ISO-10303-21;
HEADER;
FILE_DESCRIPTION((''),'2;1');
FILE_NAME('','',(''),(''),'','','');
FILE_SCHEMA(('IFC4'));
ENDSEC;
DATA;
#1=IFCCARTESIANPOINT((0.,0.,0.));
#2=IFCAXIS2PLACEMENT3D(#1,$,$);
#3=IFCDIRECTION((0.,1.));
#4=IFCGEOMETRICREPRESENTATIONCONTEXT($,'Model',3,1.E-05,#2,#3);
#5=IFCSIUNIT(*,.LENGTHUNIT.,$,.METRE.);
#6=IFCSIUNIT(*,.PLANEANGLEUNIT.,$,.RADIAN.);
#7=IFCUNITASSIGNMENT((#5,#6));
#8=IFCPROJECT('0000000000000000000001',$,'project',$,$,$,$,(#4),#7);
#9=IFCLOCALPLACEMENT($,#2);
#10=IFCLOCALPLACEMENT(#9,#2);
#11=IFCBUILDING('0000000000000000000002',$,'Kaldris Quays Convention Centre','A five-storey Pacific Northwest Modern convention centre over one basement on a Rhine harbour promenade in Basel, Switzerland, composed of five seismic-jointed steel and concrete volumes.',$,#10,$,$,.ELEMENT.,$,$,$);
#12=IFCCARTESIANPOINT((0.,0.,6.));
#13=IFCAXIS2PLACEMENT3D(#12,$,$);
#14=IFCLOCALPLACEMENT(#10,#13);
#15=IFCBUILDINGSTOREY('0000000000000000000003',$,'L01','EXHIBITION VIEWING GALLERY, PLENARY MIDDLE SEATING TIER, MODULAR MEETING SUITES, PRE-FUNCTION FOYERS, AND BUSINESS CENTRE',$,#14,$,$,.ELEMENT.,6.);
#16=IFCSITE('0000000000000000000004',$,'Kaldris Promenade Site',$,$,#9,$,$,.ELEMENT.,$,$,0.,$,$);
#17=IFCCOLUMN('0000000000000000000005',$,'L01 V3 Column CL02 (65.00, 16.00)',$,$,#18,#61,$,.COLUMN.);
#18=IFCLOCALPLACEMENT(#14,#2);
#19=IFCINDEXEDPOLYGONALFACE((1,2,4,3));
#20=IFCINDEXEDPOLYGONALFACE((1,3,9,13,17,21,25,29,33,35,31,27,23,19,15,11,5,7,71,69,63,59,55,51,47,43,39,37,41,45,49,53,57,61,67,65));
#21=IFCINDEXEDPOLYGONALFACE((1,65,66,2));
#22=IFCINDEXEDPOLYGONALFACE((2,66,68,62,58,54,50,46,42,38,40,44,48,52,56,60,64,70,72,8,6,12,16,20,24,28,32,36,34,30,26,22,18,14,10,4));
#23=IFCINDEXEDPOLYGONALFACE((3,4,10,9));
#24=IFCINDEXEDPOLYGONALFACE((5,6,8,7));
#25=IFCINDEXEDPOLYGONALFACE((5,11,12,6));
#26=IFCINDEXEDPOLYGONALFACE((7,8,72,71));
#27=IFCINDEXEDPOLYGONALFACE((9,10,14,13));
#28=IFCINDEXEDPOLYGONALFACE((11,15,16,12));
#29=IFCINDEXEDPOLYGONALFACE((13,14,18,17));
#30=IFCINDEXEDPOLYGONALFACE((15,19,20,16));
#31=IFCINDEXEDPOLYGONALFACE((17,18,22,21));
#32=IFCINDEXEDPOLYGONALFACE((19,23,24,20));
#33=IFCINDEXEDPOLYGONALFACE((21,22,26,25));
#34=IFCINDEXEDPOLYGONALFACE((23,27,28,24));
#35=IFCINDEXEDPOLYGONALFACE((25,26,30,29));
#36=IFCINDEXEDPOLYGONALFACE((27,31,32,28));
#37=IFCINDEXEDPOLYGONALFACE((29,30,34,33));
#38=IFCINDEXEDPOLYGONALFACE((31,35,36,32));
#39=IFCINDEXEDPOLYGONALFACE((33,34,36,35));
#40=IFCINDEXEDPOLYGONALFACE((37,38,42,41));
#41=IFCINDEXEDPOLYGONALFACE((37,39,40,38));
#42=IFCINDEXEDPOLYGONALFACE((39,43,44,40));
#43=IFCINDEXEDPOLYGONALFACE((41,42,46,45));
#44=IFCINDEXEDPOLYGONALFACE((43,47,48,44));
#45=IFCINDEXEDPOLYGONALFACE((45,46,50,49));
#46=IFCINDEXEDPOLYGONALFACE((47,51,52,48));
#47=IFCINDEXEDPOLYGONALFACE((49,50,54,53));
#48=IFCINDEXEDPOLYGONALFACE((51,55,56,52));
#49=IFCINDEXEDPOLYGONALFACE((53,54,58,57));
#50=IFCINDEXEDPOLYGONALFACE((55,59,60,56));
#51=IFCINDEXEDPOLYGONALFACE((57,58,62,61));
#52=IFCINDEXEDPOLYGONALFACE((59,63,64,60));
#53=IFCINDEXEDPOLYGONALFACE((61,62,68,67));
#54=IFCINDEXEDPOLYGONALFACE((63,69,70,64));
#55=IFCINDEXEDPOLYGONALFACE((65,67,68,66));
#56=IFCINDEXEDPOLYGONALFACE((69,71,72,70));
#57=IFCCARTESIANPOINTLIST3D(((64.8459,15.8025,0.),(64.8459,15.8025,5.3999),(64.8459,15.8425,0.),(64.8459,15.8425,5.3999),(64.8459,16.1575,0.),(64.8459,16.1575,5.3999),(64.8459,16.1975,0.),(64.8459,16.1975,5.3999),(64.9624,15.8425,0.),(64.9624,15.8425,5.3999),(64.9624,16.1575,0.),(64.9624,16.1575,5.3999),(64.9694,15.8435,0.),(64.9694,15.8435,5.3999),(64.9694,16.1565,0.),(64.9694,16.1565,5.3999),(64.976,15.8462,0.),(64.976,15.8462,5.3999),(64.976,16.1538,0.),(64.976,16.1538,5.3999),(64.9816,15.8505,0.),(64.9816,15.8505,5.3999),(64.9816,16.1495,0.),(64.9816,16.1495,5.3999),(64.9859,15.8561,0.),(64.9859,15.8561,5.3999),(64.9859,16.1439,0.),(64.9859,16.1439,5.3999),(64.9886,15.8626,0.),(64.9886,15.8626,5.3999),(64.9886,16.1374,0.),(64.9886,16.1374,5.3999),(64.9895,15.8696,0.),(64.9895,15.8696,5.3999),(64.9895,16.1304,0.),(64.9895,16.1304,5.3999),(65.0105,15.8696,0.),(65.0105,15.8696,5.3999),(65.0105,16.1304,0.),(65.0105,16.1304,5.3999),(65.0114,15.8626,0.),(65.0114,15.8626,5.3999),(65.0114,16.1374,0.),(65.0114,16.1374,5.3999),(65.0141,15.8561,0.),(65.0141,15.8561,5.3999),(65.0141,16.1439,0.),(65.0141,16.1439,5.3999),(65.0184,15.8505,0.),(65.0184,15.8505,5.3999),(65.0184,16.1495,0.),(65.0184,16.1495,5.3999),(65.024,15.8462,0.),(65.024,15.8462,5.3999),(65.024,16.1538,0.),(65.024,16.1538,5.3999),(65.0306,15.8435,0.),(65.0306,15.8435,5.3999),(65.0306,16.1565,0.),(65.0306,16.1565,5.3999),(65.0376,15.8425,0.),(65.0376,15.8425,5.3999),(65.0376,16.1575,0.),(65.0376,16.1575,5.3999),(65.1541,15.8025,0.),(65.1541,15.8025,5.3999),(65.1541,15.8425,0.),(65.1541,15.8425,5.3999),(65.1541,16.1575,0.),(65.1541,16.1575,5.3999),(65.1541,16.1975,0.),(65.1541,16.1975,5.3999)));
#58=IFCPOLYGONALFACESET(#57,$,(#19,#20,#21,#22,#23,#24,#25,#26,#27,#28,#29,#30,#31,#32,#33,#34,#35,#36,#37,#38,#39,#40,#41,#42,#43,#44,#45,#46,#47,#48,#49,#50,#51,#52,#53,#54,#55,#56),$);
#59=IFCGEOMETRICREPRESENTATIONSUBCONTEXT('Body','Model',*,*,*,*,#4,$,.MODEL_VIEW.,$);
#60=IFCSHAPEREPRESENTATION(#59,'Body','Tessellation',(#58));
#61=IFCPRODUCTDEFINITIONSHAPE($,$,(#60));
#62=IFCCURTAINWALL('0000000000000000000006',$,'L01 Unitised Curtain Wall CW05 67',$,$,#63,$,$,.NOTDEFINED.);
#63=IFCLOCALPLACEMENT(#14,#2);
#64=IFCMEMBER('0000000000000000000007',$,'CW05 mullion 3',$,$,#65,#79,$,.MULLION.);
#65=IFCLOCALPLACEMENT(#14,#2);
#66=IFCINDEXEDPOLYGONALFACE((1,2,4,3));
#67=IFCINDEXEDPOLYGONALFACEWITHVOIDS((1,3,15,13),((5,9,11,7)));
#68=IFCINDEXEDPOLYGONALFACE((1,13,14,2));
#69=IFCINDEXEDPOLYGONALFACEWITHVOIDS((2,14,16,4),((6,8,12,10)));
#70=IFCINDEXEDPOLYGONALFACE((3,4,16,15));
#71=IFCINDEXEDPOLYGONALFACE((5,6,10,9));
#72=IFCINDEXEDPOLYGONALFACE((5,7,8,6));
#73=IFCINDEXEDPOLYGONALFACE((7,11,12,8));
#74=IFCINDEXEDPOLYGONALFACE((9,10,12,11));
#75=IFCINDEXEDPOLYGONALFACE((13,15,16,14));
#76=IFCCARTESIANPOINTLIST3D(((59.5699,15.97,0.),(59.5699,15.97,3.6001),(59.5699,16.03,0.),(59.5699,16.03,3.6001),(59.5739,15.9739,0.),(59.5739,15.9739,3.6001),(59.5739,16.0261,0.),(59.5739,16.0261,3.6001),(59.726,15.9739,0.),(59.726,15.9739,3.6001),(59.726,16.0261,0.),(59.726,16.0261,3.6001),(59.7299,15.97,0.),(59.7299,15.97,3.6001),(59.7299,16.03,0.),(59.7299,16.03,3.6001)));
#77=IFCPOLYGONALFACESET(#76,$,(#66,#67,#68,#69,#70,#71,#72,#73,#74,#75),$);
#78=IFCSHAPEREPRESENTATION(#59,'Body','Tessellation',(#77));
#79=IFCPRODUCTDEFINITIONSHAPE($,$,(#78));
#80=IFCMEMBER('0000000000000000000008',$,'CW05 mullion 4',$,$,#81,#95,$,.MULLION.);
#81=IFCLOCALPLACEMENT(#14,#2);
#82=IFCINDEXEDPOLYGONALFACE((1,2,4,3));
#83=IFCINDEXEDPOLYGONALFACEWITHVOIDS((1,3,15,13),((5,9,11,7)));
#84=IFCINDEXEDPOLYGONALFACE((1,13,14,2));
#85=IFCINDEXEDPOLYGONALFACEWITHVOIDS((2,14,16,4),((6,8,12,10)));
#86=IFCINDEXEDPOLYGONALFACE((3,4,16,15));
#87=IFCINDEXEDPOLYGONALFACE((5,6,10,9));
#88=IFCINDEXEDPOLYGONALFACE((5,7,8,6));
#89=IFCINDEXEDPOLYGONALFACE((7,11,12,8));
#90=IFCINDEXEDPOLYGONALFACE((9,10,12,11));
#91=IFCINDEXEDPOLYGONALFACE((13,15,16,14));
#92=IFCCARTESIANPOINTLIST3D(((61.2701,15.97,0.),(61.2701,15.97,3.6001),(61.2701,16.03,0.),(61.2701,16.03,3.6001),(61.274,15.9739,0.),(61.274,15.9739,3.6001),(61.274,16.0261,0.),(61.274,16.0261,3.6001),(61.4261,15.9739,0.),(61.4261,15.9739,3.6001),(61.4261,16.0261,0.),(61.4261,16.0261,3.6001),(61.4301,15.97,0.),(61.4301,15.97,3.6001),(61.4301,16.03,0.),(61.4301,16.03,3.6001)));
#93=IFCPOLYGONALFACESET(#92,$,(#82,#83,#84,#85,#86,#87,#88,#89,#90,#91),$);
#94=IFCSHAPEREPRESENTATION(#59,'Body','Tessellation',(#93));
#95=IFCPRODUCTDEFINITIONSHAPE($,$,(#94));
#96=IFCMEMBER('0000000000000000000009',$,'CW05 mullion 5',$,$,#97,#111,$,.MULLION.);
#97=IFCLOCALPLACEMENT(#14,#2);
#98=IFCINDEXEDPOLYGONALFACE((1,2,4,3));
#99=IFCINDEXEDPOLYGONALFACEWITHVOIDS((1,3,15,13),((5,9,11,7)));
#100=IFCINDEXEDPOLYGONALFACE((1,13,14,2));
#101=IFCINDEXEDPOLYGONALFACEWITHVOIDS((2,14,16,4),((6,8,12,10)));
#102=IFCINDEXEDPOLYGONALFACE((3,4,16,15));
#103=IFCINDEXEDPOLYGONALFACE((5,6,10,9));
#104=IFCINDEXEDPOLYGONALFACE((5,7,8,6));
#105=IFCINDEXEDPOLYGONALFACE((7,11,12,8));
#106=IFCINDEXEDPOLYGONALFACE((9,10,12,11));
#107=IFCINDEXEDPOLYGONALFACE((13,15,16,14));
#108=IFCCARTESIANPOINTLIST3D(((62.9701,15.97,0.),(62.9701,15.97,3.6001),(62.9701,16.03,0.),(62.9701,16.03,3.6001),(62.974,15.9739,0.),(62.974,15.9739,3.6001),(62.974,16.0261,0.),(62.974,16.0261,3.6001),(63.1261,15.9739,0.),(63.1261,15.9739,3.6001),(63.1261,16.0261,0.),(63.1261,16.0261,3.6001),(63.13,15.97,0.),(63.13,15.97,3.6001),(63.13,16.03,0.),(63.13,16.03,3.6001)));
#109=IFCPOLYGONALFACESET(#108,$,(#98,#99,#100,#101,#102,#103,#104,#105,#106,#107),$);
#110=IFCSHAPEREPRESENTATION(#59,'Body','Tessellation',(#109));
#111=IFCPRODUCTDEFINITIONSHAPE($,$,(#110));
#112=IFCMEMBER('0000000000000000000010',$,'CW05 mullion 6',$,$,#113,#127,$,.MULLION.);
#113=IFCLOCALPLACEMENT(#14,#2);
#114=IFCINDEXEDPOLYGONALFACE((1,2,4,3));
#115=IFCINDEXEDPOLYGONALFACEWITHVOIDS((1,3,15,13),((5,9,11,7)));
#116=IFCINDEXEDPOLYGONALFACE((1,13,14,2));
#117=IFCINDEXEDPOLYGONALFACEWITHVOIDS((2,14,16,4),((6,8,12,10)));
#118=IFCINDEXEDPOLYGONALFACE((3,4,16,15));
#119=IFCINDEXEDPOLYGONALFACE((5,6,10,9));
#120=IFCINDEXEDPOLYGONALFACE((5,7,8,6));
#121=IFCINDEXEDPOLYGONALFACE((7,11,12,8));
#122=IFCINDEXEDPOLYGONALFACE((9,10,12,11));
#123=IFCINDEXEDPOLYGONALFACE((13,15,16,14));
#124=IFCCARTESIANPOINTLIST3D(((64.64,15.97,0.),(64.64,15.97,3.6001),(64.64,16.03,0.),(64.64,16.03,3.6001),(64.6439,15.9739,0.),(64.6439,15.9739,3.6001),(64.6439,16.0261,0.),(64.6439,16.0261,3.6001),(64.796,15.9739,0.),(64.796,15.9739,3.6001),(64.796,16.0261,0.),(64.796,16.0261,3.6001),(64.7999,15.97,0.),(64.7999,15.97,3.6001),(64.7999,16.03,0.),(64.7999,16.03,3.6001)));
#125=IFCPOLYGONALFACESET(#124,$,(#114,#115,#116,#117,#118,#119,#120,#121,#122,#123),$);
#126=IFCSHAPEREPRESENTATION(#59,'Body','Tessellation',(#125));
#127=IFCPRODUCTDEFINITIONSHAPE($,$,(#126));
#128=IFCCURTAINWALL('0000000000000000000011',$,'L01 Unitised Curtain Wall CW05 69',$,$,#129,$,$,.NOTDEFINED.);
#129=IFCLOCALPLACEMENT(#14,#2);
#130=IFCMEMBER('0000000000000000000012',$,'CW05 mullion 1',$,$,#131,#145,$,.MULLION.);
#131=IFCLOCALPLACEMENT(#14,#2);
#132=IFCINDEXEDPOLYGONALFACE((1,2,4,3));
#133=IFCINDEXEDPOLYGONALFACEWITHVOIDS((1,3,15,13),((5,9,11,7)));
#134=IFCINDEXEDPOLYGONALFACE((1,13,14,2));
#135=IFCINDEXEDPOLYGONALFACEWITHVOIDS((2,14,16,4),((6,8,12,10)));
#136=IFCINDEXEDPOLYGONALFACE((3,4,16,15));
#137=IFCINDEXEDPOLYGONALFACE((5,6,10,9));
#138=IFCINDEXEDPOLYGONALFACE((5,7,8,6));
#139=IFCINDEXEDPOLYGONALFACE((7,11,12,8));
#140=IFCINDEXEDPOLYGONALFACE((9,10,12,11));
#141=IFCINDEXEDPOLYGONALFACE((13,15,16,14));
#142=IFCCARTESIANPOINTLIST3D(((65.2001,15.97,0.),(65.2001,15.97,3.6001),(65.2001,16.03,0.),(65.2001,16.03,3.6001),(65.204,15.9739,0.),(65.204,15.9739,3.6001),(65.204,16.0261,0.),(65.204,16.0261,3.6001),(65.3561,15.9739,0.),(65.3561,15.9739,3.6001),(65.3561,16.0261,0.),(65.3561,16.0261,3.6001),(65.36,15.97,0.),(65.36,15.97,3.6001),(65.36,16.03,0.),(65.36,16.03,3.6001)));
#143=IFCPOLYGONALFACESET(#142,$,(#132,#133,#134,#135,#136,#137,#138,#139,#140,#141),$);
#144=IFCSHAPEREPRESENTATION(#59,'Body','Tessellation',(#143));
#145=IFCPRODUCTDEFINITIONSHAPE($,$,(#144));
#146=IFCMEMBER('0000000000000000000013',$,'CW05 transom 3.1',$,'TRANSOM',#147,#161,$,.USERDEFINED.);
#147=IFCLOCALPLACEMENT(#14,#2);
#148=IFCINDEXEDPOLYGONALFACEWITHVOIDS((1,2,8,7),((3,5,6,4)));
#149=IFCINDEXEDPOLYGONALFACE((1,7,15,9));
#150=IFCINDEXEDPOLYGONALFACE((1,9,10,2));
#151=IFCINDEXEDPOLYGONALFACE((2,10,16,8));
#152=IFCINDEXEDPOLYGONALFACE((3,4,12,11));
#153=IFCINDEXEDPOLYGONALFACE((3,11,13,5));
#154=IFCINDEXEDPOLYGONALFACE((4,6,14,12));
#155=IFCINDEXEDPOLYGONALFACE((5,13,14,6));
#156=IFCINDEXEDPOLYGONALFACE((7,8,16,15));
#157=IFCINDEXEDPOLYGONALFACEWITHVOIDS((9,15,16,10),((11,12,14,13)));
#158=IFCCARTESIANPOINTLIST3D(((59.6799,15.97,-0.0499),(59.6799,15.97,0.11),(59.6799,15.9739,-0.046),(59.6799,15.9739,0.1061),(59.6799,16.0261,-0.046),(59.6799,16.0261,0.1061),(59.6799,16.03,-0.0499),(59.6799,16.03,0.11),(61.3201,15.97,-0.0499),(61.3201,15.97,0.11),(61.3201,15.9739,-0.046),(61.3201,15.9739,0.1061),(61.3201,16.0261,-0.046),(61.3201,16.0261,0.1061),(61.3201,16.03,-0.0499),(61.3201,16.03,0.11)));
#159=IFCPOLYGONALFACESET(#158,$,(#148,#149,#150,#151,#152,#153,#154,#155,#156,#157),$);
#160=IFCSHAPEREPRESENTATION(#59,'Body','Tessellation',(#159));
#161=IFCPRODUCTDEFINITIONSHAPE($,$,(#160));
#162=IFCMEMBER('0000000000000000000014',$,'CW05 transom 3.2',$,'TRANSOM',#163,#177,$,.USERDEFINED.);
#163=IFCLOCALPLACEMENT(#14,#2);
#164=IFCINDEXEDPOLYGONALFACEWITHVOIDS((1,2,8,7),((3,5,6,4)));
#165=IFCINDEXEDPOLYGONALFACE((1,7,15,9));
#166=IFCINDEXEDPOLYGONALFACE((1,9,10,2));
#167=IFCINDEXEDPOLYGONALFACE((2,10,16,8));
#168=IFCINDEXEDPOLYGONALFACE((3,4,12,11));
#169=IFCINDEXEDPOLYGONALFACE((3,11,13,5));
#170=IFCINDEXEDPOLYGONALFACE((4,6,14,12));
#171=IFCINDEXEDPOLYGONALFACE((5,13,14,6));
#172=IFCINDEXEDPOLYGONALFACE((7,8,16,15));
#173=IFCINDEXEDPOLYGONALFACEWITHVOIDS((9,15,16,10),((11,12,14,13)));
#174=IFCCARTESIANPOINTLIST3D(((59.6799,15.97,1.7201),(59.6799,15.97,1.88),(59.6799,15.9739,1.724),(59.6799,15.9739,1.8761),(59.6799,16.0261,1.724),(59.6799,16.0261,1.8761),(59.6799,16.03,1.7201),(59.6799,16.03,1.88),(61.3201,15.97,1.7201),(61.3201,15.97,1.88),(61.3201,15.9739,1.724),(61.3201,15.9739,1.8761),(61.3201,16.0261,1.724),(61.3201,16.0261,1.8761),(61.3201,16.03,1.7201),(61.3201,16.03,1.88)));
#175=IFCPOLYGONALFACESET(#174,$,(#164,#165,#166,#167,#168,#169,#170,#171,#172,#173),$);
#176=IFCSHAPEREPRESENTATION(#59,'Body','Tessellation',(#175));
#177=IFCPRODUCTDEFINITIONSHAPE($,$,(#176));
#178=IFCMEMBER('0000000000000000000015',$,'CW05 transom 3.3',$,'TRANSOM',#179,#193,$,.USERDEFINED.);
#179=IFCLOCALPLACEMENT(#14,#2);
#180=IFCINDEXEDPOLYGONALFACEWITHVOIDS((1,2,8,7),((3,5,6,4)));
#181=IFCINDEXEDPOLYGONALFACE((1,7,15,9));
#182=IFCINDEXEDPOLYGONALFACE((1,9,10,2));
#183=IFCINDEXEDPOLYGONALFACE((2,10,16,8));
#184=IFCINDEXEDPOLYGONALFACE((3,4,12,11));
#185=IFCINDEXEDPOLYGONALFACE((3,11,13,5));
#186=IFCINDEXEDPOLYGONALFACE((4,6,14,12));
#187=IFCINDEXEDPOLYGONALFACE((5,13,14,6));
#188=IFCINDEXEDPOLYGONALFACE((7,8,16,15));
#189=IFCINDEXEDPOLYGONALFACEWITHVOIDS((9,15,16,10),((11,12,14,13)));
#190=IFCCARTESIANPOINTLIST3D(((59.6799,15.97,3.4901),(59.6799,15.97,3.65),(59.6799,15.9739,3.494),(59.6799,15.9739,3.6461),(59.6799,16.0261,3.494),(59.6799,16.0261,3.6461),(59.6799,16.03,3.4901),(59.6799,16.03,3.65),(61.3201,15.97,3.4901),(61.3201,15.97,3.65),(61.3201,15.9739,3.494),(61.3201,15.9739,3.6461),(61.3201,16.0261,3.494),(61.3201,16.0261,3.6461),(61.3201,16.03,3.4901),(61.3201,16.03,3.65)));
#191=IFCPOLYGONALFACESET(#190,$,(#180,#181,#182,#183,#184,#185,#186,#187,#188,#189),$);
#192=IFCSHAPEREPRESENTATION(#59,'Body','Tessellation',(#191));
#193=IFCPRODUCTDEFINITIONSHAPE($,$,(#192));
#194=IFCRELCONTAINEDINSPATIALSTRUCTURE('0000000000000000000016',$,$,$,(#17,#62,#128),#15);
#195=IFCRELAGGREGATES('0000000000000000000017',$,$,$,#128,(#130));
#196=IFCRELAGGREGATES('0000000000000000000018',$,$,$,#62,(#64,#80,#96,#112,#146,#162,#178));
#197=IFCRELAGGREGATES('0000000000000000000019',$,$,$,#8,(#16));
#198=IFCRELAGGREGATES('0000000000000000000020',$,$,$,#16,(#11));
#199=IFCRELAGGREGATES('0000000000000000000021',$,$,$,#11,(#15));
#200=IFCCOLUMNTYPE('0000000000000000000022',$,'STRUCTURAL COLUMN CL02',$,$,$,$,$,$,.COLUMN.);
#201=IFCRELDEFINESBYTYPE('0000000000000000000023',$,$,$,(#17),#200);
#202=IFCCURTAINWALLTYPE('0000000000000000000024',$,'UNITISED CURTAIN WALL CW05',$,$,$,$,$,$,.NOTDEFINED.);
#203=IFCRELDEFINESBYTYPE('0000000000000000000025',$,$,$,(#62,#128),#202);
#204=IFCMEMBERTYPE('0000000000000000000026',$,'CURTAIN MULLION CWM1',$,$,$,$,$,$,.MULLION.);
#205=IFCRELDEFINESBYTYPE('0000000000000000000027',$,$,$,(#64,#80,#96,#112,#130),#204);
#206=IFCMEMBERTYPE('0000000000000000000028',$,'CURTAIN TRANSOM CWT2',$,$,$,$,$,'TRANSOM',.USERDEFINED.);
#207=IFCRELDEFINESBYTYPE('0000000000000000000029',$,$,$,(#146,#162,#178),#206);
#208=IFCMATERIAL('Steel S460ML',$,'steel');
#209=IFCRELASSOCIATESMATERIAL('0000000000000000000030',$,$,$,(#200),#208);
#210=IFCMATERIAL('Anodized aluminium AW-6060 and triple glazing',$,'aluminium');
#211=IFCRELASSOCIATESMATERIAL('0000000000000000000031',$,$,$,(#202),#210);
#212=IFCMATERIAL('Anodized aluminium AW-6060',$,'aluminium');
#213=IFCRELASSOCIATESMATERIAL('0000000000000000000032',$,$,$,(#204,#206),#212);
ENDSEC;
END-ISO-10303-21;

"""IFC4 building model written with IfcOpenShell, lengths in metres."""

from ifc_helpers import new_model, si_unit, direction, frame, origin, origin_2d, place, context, subcontext, project, spatial, hollow_rectangle, i_section, extrude, material, material_profile, profile_set, type_object, element, aggregate, save


model = new_model("IFC4")

# Units and contexts
model_context = context("Model", 3, precision=1e-05, world=origin(), true_north=direction((0.0, 1.0)))
body_context = subcontext(model_context, "Body", "Model", "MODEL_VIEW")
ifc_project = project(units=[si_unit("LENGTHUNIT", "METRE"), si_unit("PLANEANGLEUNIT", "RADIAN")], contexts=[model_context])

# Site, building, storey
site_placement = place(None, origin())
site = spatial("IfcSite", under=ifc_project, at=site_placement, Name="Kaldris Promenade Site", CompositionType="ELEMENT", RefElevation=0.0)
building_placement = place(site_placement, origin())
building = spatial("IfcBuilding", under=site, at=building_placement, Name="Kaldris Quays Convention Centre", Description="A five-storey Pacific Northwest Modern convention centre over one basement on a Rhine harbour promenade in Basel, Switzerland, composed of five seismic-jointed steel and concrete volumes.", CompositionType="ELEMENT")
storey_placement = place(building_placement, frame((0.0, 0.0, 6.0)))
storey = spatial("IfcBuildingStorey", under=building, at=storey_placement, Name="L01", Description="EXHIBITION VIEWING GALLERY, PLENARY MIDDLE SEATING TIER, MODULAR MEETING SUITES, PRE-FUNCTION FOYERS, AND BUSINESS CENTRE", CompositionType="ELEMENT", Elevation=6.0)

# Column
ifc_material_1 = material(Name="Steel S460ML", Category="steel")
ifc_material_profile_1 = material_profile(ifc_material_1, i_section(OverallWidth=0.3081, OverallDepth=0.395, WebThickness=0.021, FlangeThickness=0.04, FilletRadius=0.0271, at=origin_2d()), Name="HEM 360")
ifc_profile_set_1 = profile_set([ifc_material_profile_1], Name="Steel S460ML")
column_type = type_object("IfcColumnType", Name="STRUCTURAL COLUMN CL02", PredefinedType="COLUMN", material=ifc_profile_set_1)
column_placement = place(storey_placement, frame((65.0, 16.0, 0.0), z_axis=(0.0, 0.0, 1.0), x_axis=(1.0, 0.0, 0.0)))
element("IfcColumn", 1, at=column_placement, inside=storey, type_object=column_type, Name="L01 V3 Column CL02 (65.00, 16.00)", PredefinedType="COLUMN", context=body_context, shape_type="SweptSolid", body=[
    extrude(i_section(OverallWidth=0.3081, OverallDepth=0.395, WebThickness=0.021, FlangeThickness=0.04, FilletRadius=0.0271, at=origin_2d()), origin(), (0.0, 0.0, 1.0), 5.3999),
])

# Curtain wall, members
ifc_material_2 = material(Name="Anodized aluminium AW-6060 and triple glazing", Category="aluminium")
curtain_wall_type = type_object("IfcCurtainWallType", Name="UNITISED CURTAIN WALL CW05", PredefinedType="NOTDEFINED", material=ifc_material_2)
curtain_wall_1_placement = place(storey_placement, origin())
curtain_wall_1 = element("IfcCurtainWall", 2, at=curtain_wall_1_placement, inside=storey, type_object=curtain_wall_type, Name="L01 Unitised Curtain Wall CW05 67", PredefinedType="NOTDEFINED")
ifc_material_3 = material(Name="Anodized aluminium AW-6060", Category="aluminium")
ifc_material_profile_2 = material_profile(ifc_material_3, hollow_rectangle(XDim=0.0601, YDim=0.1599, WallThickness=0.0039, at=origin_2d()), Name="RHS 160x60x4")
ifc_profile_set_2 = profile_set([ifc_material_profile_2], Name="Anodized aluminium AW-6060")
member_type_1 = type_object("IfcMemberType", Name="CURTAIN MULLION CWM1", PredefinedType="MULLION", material=ifc_profile_set_2)
member_1_placement = place(storey_placement, frame((59.6499, 16.0, 0.0), z_axis=(0.0, 0.0, 1.0), x_axis=(0.0, 1.0, 0.0)))
member_1 = element("IfcMember", 3, at=member_1_placement, type_object=member_type_1, Name="CW05 mullion 3", PredefinedType="MULLION", context=body_context, shape_type="SweptSolid", body=[
    extrude(hollow_rectangle(XDim=0.0601, YDim=0.1599, WallThickness=0.0039, at=origin_2d()), origin(), (0.0, 0.0, 1.0), 3.6001),
])
member_2_placement = place(storey_placement, frame((61.3501, 16.0, 0.0), z_axis=(0.0, 0.0, 1.0), x_axis=(0.0, 1.0, 0.0)))
member_2 = element("IfcMember", 4, at=member_2_placement, type_object=member_type_1, Name="CW05 mullion 4", PredefinedType="MULLION", context=body_context, shape_type="SweptSolid", body=[
    extrude(hollow_rectangle(XDim=0.0601, YDim=0.1599, WallThickness=0.0039, at=origin_2d()), origin(), (0.0, 0.0, 1.0), 3.6001),
])
member_3_placement = place(storey_placement, frame((63.05, 16.0, 0.0), z_axis=(0.0, 0.0, 1.0), x_axis=(0.0, 1.0, 0.0)))
member_3 = element("IfcMember", 5, at=member_3_placement, type_object=member_type_1, Name="CW05 mullion 5", PredefinedType="MULLION", context=body_context, shape_type="SweptSolid", body=[
    extrude(hollow_rectangle(XDim=0.0601, YDim=0.1599, WallThickness=0.0039, at=origin_2d()), origin(), (0.0, 0.0, 1.0), 3.6001),
])
member_4_placement = place(storey_placement, frame((64.72, 16.0, 0.0), z_axis=(0.0, 0.0, 1.0), x_axis=(0.0, 1.0, 0.0)))
member_4 = element("IfcMember", 6, at=member_4_placement, type_object=member_type_1, Name="CW05 mullion 6", PredefinedType="MULLION", context=body_context, shape_type="SweptSolid", body=[
    extrude(hollow_rectangle(XDim=0.0601, YDim=0.1599, WallThickness=0.0039, at=origin_2d()), origin(), (0.0, 0.0, 1.0), 3.6001),
])

# Curtain wall, member
curtain_wall_2_placement = place(storey_placement, origin())
curtain_wall_2 = element("IfcCurtainWall", 7, at=curtain_wall_2_placement, inside=storey, type_object=curtain_wall_type, Name="L01 Unitised Curtain Wall CW05 69", PredefinedType="NOTDEFINED")
member_5_placement = place(storey_placement, frame((65.28, 16.0, 0.0), z_axis=(0.0, 0.0, 1.0), x_axis=(0.0, 1.0, 0.0)))
member_5 = element("IfcMember", 8, at=member_5_placement, type_object=member_type_1, Name="CW05 mullion 1", PredefinedType="MULLION", context=body_context, shape_type="SweptSolid", body=[
    extrude(hollow_rectangle(XDim=0.0601, YDim=0.1599, WallThickness=0.0039, at=origin_2d()), origin(), (0.0, 0.0, 1.0), 3.6001),
])

# Members
ifc_material_profile_3 = material_profile(ifc_material_3, hollow_rectangle(XDim=0.0601, YDim=0.1599, WallThickness=0.0039, at=origin_2d()), Name="RHS 160x60x4")
ifc_profile_set_3 = profile_set([ifc_material_profile_3], Name="Anodized aluminium AW-6060")
member_type_2 = type_object("IfcMemberType", Name="CURTAIN TRANSOM CWT2", ElementType="TRANSOM", PredefinedType="USERDEFINED", material=ifc_profile_set_3)
member_6_placement = place(storey_placement, frame((59.6799, 16.0, 0.03), z_axis=(1.0, 0.0, 0.0), x_axis=(0.0, 1.0, 0.0)))
member_6 = element("IfcMember", 9, at=member_6_placement, type_object=member_type_2, Name="CW05 transom 3.1", ObjectType="TRANSOM", PredefinedType="USERDEFINED", context=body_context, shape_type="SweptSolid", body=[
    extrude(hollow_rectangle(XDim=0.0601, YDim=0.1599, WallThickness=0.0039, at=origin_2d()), origin(), (0.0, 0.0, 1.0), 1.6401),
])
member_7_placement = place(storey_placement, frame((59.6799, 16.0, 1.8), z_axis=(1.0, 0.0, 0.0), x_axis=(0.0, 1.0, 0.0)))
member_7 = element("IfcMember", 10, at=member_7_placement, type_object=member_type_2, Name="CW05 transom 3.2", ObjectType="TRANSOM", PredefinedType="USERDEFINED", context=body_context, shape_type="SweptSolid", body=[
    extrude(hollow_rectangle(XDim=0.0601, YDim=0.1599, WallThickness=0.0039, at=origin_2d()), origin(), (0.0, 0.0, 1.0), 1.6401),
])
member_8_placement = place(storey_placement, frame((59.6799, 16.0, 3.5701), z_axis=(1.0, 0.0, 0.0), x_axis=(0.0, 1.0, 0.0)))
member_8 = element("IfcMember", 11, at=member_8_placement, type_object=member_type_2, Name="CW05 transom 3.3", ObjectType="TRANSOM", PredefinedType="USERDEFINED", context=body_context, shape_type="SweptSolid", body=[
    extrude(hollow_rectangle(XDim=0.0601, YDim=0.1599, WallThickness=0.0039, at=origin_2d()), origin(), (0.0, 0.0, 1.0), 1.6401),
])
aggregate(curtain_wall_2, [member_5])

aggregate(curtain_wall_1, [member_1, member_2, member_3, member_4, member_6, member_7, member_8])

save(model, "model.ifc")
